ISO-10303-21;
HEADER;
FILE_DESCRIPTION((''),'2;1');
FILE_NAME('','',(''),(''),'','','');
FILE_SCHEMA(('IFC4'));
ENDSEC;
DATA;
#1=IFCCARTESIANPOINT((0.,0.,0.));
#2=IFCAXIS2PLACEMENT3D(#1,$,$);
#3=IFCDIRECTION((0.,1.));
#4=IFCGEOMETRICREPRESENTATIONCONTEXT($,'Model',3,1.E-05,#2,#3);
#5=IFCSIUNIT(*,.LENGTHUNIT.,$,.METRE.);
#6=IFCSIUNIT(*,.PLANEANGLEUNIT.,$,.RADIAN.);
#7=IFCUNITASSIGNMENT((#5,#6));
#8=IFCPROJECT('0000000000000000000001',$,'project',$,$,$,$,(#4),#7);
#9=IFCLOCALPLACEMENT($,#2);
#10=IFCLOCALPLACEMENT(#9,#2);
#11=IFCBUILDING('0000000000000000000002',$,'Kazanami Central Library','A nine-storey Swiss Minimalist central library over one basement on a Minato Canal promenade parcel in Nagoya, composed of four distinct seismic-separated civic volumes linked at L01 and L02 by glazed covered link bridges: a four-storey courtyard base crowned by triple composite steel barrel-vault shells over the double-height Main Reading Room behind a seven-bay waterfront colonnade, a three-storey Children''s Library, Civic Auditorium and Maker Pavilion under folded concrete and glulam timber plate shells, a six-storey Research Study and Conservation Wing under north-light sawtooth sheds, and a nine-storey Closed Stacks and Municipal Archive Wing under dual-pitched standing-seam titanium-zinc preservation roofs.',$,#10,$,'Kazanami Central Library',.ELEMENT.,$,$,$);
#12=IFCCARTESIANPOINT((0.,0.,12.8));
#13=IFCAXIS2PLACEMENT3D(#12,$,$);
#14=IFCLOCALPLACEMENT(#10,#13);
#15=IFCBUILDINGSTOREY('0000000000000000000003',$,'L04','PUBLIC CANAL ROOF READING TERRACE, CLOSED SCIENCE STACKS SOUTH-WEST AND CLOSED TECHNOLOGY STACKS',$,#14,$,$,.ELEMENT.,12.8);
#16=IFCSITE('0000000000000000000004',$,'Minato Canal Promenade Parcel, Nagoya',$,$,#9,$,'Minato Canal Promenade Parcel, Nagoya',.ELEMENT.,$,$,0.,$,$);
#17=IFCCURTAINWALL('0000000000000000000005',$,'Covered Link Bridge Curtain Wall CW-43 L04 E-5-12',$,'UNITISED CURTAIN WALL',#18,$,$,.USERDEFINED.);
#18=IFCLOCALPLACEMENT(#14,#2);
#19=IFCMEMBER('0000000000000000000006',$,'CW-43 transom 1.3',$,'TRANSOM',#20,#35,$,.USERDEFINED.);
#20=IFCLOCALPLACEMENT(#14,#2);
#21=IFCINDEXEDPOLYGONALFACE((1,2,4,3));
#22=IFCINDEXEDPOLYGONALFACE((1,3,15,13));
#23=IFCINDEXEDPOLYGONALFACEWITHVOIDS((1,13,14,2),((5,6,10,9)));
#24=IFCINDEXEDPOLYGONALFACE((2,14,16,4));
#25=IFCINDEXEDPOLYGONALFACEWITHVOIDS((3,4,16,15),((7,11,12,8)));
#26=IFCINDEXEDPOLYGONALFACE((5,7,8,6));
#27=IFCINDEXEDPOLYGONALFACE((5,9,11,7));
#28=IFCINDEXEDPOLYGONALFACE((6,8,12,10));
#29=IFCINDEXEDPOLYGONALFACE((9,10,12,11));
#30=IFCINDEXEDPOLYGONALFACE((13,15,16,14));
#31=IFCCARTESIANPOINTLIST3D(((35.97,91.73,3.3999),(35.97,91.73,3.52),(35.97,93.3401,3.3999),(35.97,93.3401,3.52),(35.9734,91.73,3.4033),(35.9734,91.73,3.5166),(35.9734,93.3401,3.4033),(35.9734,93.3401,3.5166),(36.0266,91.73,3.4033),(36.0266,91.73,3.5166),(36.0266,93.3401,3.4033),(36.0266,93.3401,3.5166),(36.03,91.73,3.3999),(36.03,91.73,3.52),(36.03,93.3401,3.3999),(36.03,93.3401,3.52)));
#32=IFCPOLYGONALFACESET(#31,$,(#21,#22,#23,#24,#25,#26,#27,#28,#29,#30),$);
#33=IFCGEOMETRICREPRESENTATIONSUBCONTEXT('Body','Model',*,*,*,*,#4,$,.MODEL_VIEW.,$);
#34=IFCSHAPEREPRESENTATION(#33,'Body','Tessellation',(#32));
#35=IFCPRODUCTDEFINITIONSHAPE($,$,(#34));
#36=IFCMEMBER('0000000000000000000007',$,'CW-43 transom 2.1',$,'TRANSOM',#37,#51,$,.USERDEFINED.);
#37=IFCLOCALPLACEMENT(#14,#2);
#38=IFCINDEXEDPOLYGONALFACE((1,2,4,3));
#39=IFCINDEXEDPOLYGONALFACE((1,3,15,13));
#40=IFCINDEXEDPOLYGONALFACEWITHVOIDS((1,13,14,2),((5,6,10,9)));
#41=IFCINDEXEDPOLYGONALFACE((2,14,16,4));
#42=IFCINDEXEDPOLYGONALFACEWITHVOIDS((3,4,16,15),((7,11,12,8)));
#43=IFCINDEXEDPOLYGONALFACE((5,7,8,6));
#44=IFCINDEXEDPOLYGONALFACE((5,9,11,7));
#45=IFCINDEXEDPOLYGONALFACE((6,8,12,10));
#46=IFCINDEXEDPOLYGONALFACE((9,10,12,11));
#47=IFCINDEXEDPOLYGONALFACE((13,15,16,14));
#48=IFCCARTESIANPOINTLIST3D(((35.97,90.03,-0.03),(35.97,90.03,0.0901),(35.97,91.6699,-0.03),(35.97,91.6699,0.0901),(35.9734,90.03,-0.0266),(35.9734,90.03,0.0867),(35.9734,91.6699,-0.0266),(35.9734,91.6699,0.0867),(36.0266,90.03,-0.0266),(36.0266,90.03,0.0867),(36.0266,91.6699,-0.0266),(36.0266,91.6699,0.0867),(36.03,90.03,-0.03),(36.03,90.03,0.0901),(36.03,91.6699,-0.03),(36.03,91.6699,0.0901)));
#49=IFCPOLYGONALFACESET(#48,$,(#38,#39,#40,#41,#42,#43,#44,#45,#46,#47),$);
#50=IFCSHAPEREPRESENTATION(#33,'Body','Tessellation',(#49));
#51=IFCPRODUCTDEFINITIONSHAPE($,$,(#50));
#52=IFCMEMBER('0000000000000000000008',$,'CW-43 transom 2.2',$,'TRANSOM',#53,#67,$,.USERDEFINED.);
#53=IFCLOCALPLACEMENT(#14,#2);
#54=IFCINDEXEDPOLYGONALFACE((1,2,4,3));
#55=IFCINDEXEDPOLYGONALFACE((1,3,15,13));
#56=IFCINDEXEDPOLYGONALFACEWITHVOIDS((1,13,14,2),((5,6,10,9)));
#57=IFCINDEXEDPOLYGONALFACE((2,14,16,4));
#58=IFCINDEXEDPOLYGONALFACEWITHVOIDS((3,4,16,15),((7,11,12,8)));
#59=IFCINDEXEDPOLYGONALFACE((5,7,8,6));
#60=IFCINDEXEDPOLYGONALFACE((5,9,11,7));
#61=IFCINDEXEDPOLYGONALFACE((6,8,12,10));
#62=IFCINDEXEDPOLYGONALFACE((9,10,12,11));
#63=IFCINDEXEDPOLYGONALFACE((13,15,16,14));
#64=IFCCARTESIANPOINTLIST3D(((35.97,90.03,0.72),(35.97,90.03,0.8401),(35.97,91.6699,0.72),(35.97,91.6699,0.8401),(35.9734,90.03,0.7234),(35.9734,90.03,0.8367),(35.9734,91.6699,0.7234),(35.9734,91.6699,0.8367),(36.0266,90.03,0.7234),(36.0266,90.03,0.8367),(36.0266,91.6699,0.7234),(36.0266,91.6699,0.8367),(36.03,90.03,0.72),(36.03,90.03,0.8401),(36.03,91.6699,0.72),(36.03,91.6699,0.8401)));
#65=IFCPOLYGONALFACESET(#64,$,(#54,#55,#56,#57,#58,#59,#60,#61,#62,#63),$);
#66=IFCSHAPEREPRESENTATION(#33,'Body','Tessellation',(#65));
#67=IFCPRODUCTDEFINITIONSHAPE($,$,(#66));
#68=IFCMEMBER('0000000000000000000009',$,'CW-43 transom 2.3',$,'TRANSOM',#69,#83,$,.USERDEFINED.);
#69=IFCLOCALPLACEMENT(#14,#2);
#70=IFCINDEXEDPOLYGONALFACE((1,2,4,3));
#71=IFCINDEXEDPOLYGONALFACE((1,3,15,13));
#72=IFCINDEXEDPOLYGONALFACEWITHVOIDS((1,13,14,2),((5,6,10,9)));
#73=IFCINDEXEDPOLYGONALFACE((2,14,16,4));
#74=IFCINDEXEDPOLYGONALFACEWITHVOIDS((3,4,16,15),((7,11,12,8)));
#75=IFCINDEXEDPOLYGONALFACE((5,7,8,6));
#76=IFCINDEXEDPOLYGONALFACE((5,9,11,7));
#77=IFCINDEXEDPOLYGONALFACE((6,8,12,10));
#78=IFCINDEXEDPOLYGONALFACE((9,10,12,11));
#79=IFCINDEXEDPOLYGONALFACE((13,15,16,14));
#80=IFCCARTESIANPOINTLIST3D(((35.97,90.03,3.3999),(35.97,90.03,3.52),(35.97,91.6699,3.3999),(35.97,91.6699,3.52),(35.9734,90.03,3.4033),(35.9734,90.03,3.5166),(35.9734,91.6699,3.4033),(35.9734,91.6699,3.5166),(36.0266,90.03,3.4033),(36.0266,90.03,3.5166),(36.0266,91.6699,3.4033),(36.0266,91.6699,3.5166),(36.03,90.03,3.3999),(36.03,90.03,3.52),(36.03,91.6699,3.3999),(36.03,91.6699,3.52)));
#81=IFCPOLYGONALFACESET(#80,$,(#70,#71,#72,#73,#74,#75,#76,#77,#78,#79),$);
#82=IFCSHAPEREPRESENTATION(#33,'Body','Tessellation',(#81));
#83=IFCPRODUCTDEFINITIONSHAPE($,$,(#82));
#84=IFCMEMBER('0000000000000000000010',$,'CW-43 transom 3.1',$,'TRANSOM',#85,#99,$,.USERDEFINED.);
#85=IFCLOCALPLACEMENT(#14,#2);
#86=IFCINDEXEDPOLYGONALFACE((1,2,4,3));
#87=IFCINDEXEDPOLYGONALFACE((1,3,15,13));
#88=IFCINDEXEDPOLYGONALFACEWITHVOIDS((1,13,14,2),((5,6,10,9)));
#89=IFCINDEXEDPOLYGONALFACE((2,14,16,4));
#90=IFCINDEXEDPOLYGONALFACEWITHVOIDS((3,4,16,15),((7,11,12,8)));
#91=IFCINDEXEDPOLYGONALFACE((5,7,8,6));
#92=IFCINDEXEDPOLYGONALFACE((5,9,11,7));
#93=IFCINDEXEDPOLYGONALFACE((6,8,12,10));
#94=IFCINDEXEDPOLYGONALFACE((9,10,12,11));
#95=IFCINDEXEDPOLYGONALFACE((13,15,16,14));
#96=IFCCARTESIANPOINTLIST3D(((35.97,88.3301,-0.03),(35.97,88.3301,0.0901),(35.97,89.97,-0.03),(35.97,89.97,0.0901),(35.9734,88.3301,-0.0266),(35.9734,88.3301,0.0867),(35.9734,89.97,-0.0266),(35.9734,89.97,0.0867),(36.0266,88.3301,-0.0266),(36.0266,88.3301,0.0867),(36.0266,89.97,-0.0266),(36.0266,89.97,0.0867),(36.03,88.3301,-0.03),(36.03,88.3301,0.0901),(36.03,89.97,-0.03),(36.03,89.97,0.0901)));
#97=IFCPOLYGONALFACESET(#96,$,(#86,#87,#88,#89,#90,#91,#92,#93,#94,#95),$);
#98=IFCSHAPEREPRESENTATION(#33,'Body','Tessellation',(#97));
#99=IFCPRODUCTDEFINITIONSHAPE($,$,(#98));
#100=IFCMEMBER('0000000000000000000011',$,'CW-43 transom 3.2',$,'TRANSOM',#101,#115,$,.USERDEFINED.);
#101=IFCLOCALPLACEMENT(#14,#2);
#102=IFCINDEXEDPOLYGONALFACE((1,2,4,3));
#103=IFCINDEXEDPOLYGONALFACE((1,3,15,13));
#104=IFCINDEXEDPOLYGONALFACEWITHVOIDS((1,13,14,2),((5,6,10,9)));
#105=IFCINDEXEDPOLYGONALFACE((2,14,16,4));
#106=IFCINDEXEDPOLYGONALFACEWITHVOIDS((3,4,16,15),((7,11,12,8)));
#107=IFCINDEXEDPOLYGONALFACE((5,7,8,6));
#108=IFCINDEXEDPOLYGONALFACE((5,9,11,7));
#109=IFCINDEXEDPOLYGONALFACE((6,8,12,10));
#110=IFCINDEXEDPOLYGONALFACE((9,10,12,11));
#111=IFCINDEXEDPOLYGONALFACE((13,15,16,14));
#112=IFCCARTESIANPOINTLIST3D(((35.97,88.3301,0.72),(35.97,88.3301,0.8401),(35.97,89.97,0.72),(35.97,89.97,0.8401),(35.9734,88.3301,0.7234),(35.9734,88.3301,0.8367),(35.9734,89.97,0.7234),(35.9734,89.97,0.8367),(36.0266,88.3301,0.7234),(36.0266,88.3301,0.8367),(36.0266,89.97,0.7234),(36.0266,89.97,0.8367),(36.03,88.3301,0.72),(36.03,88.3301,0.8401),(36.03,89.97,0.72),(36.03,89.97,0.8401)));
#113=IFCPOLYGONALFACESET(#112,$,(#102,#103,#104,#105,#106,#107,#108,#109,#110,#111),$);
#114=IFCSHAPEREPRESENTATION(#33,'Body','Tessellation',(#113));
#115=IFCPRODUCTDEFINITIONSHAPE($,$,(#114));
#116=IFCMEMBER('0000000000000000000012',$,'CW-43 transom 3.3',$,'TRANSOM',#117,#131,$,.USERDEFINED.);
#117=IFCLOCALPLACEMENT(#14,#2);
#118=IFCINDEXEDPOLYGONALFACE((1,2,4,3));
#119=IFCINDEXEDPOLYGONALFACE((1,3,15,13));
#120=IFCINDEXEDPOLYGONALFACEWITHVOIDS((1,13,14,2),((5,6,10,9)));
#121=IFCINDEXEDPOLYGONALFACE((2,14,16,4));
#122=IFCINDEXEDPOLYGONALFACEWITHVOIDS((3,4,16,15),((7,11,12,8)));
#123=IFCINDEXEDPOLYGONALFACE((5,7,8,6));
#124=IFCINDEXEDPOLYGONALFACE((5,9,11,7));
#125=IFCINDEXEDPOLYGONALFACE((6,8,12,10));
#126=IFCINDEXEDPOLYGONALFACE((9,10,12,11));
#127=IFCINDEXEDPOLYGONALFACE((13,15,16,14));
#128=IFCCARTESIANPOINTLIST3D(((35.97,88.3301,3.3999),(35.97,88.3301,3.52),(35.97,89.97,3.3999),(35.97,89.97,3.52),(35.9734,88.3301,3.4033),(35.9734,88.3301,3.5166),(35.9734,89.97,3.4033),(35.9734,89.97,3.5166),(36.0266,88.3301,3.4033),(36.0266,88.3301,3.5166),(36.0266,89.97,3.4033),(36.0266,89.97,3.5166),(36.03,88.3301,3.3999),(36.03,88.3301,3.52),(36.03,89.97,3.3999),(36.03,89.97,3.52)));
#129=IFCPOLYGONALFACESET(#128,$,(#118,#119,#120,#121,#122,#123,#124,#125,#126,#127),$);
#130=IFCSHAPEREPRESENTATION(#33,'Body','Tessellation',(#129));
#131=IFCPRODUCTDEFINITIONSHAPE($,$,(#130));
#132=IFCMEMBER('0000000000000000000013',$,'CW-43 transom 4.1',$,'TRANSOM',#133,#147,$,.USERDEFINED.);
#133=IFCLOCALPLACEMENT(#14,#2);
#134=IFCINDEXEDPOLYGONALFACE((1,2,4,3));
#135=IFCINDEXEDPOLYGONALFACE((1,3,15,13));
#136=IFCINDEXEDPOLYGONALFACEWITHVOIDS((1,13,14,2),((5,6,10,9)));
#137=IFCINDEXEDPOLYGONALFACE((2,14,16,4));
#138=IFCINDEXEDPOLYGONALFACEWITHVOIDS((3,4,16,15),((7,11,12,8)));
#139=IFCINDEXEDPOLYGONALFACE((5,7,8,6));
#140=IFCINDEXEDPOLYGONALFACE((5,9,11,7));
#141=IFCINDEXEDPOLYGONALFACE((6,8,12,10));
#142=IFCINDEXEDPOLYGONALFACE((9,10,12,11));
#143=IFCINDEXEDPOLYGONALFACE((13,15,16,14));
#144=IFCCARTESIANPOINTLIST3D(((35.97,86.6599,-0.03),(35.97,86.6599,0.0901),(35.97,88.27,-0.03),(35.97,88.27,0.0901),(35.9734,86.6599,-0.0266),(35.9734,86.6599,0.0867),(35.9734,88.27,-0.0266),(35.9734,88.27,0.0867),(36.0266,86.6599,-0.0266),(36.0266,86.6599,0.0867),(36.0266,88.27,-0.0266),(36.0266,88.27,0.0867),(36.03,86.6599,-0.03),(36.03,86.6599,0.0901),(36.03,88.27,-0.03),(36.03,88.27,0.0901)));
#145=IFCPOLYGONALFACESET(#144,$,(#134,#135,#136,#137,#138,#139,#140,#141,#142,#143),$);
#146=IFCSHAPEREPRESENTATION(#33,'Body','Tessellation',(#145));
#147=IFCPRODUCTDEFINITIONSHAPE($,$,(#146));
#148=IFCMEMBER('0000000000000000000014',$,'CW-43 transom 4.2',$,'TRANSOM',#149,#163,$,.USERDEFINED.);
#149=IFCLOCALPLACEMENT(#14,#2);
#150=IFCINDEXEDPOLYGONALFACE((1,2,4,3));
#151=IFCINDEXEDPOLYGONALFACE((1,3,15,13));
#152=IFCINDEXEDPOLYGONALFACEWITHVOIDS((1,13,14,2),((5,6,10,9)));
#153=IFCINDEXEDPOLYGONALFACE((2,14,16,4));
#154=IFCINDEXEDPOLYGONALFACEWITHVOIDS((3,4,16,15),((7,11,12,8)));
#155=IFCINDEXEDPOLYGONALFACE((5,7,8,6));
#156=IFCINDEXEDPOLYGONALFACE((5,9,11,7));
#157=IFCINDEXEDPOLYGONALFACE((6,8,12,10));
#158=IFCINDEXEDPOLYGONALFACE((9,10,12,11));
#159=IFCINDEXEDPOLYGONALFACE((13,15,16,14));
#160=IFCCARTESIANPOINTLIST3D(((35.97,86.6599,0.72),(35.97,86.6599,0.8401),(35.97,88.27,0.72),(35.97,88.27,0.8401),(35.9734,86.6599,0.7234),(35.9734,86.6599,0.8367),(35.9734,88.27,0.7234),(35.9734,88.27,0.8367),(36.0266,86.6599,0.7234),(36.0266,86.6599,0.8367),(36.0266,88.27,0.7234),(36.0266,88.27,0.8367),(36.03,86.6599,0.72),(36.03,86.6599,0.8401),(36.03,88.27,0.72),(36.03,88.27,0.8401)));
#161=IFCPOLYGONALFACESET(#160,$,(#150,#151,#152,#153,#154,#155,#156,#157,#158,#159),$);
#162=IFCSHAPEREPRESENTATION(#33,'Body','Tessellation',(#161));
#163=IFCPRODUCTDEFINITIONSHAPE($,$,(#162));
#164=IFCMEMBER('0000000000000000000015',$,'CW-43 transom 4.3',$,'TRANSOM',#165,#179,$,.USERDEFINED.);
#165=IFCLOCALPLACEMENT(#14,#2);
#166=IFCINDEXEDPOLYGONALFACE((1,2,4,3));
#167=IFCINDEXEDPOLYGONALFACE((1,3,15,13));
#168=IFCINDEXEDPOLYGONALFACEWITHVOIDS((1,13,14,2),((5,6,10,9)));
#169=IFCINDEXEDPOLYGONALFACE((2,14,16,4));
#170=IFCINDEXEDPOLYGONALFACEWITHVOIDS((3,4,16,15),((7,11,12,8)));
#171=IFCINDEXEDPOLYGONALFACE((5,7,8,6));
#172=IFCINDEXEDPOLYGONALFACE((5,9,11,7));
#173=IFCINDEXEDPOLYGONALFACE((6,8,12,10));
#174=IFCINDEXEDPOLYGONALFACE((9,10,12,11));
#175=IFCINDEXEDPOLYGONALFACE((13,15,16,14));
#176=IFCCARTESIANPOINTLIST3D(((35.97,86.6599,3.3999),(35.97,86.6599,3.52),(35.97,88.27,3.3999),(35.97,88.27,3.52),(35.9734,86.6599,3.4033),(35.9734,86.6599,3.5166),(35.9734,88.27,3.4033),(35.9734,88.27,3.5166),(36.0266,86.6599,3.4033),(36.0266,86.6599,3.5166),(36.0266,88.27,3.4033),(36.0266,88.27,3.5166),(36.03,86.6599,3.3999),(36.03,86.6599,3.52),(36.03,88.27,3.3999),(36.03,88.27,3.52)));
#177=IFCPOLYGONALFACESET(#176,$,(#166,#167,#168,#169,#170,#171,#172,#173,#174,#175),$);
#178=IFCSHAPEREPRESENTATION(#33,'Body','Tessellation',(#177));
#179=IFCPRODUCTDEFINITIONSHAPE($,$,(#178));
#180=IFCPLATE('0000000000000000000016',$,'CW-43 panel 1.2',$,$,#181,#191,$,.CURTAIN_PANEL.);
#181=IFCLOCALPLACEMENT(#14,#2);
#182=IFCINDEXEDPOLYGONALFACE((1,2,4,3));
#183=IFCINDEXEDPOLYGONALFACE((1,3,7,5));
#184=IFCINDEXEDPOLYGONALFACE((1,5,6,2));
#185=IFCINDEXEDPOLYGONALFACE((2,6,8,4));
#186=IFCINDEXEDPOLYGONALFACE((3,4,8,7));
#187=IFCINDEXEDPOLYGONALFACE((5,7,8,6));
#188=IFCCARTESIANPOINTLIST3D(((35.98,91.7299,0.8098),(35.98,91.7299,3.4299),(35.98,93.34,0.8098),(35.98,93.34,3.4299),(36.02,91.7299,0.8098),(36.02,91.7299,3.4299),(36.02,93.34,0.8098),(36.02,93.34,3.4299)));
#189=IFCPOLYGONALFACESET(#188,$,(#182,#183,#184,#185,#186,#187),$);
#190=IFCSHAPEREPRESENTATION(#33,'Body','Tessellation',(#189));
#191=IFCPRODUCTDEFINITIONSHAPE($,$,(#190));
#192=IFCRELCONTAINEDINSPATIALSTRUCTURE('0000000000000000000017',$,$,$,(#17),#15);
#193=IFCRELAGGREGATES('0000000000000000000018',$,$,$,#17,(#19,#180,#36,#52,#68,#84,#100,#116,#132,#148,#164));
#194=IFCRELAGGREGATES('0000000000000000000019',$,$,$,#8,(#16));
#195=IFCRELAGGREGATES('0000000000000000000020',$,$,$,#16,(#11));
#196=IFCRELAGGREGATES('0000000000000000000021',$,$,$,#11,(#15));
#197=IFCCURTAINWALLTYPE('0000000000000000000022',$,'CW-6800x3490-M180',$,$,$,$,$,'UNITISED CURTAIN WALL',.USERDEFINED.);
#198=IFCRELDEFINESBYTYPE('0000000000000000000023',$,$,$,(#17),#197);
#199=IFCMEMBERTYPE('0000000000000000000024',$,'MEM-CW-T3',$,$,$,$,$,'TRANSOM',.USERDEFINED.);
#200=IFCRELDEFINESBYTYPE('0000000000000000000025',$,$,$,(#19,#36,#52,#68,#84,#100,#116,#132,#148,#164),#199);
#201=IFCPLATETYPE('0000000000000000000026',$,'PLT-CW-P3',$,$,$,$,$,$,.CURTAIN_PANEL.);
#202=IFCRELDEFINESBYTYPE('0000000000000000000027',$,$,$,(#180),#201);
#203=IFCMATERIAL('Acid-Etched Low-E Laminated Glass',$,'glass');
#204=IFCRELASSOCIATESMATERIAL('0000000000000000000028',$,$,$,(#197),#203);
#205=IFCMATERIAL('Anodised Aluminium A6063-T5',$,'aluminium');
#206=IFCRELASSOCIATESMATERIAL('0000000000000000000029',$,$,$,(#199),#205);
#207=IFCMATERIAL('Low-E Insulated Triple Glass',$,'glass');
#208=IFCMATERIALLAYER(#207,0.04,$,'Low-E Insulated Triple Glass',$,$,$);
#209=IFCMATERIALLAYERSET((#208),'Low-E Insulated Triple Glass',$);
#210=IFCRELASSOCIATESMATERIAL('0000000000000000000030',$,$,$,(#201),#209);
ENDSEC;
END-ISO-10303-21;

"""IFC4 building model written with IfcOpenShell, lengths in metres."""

from ifc_helpers import new_model, si_unit, direction, frame, origin, origin_2d, place, context, subcontext, project, spatial, rectangle, hollow_rectangle, extrude, material, layer, layer_set, material_profile, profile_set, type_object, element, aggregate, save


model = new_model("IFC4")

# Units and contexts
model_context = context("Model", 3, precision=1e-05, world=origin(), true_north=direction((0.0, 1.0)))
body_context = subcontext(model_context, "Body", "Model", "MODEL_VIEW")
ifc_project = project(units=[si_unit("LENGTHUNIT", "METRE"), si_unit("PLANEANGLEUNIT", "RADIAN")], contexts=[model_context])

# Site, building, storey
site_placement = place(None, origin())
site = spatial("IfcSite", under=ifc_project, at=site_placement, Name="Minato Canal Promenade Parcel, Nagoya", LongName="Minato Canal Promenade Parcel, Nagoya", CompositionType="ELEMENT", RefElevation=0.0)
building_placement = place(site_placement, origin())
building = spatial("IfcBuilding", under=site, at=building_placement, Name="Kazanami Central Library", Description="A nine-storey Swiss Minimalist central library over one basement on a Minato Canal promenade parcel in Nagoya, composed of four distinct seismic-separated civic volumes linked at L01 and L02 by glazed covered link bridges: a four-storey courtyard base crowned by triple composite steel barrel-vault shells over the double-height Main Reading Room behind a seven-bay waterfront colonnade, a three-storey Children's Library, Civic Auditorium and Maker Pavilion under folded concrete and glulam timber plate shells, a six-storey Research Study and Conservation Wing under north-light sawtooth sheds, and a nine-storey Closed Stacks and Municipal Archive Wing under dual-pitched standing-seam titanium-zinc preservation roofs.", LongName="Kazanami Central Library", CompositionType="ELEMENT")
storey_placement = place(building_placement, frame((0.0, 0.0, 12.8)))
storey = spatial("IfcBuildingStorey", under=building, at=storey_placement, Name="L04", Description="PUBLIC CANAL ROOF READING TERRACE, CLOSED SCIENCE STACKS SOUTH-WEST AND CLOSED TECHNOLOGY STACKS", CompositionType="ELEMENT", Elevation=12.8)

# Curtain wall, members, plate
ifc_material_1 = material(Name="Acid-Etched Low-E Laminated Glass", Category="glass")
curtain_wall_type = type_object("IfcCurtainWallType", Name="CW-6800x3490-M180", ElementType="UNITISED CURTAIN WALL", PredefinedType="USERDEFINED", material=ifc_material_1)
curtain_wall_placement = place(storey_placement, origin())
curtain_wall = element("IfcCurtainWall", 1, at=curtain_wall_placement, inside=storey, type_object=curtain_wall_type, Name="Covered Link Bridge Curtain Wall CW-43 L04 E-5-12", ObjectType="UNITISED CURTAIN WALL", PredefinedType="USERDEFINED")
ifc_material_2 = material(Name="Anodised Aluminium A6063-T5", Category="aluminium")
ifc_material_profile_1 = material_profile(ifc_material_2, hollow_rectangle(XDim=0.0601, YDim=0.1201, WallThickness=0.0034, at=origin_2d()), Name="ALU-TRAN-60x120x3.5")
ifc_profile_set_1 = profile_set([ifc_material_profile_1], Name="Anodised Aluminium A6063-T5")
member_type_1 = type_object("IfcMemberType", Name="MEM-CW-T3", ElementType="TRANSOM", PredefinedType="USERDEFINED", material=ifc_profile_set_1)
member_1_placement = place(storey_placement, frame((36.0, 93.3401, 3.46), z_axis=(0.0, -1.0, 0.0), x_axis=(1.0, 0.0, 0.0)))
member_1 = element("IfcMember", 2, at=member_1_placement, type_object=member_type_1, Name="CW-43 transom 1.3", ObjectType="TRANSOM", PredefinedType="USERDEFINED", context=body_context, shape_type="SweptSolid", body=[
    extrude(hollow_rectangle(XDim=0.0601, YDim=0.1201, WallThickness=0.0034, at=origin_2d()), origin(), (0.0, 0.0, 1.0), 1.6101),
])
member_2_placement = place(storey_placement, frame((36.0, 91.6699, 0.03), z_axis=(0.0, -1.0, 0.0), x_axis=(1.0, 0.0, 0.0)))
member_2 = element("IfcMember", 3, at=member_2_placement, type_object=member_type_1, Name="CW-43 transom 2.1", ObjectType="TRANSOM", PredefinedType="USERDEFINED", context=body_context, shape_type="SweptSolid", body=[
    extrude(hollow_rectangle(XDim=0.0601, YDim=0.1201, WallThickness=0.0034, at=origin_2d()), origin(), (0.0, 0.0, 1.0), 1.6399),
])
member_3_placement = place(storey_placement, frame((36.0, 91.6699, 0.78), z_axis=(0.0, -1.0, 0.0), x_axis=(1.0, 0.0, 0.0)))
member_3 = element("IfcMember", 4, at=member_3_placement, type_object=member_type_1, Name="CW-43 transom 2.2", ObjectType="TRANSOM", PredefinedType="USERDEFINED", context=body_context, shape_type="SweptSolid", body=[
    extrude(hollow_rectangle(XDim=0.0601, YDim=0.1201, WallThickness=0.0034, at=origin_2d()), origin(), (0.0, 0.0, 1.0), 1.6399),
])
member_4_placement = place(storey_placement, frame((36.0, 91.6699, 3.46), z_axis=(0.0, -1.0, 0.0), x_axis=(1.0, 0.0, 0.0)))
member_4 = element("IfcMember", 5, at=member_4_placement, type_object=member_type_1, Name="CW-43 transom 2.3", ObjectType="TRANSOM", PredefinedType="USERDEFINED", context=body_context, shape_type="SweptSolid", body=[
    extrude(hollow_rectangle(XDim=0.0601, YDim=0.1201, WallThickness=0.0034, at=origin_2d()), origin(), (0.0, 0.0, 1.0), 1.6399),
])
member_5_placement = place(storey_placement, frame((36.0, 89.97, 0.03), z_axis=(0.0, -1.0, 0.0), x_axis=(1.0, 0.0, 0.0)))
member_5 = element("IfcMember", 6, at=member_5_placement, type_object=member_type_1, Name="CW-43 transom 3.1", ObjectType="TRANSOM", PredefinedType="USERDEFINED", context=body_context, shape_type="SweptSolid", body=[
    extrude(hollow_rectangle(XDim=0.0601, YDim=0.1201, WallThickness=0.0034, at=origin_2d()), origin(), (0.0, 0.0, 1.0), 1.6399),
])
member_6_placement = place(storey_placement, frame((36.0, 89.97, 0.78), z_axis=(0.0, -1.0, 0.0), x_axis=(1.0, 0.0, 0.0)))
member_6 = element("IfcMember", 7, at=member_6_placement, type_object=member_type_1, Name="CW-43 transom 3.2", ObjectType="TRANSOM", PredefinedType="USERDEFINED", context=body_context, shape_type="SweptSolid", body=[
    extrude(hollow_rectangle(XDim=0.0601, YDim=0.1201, WallThickness=0.0034, at=origin_2d()), origin(), (0.0, 0.0, 1.0), 1.6399),
])
member_7_placement = place(storey_placement, frame((36.0, 89.97, 3.46), z_axis=(0.0, -1.0, 0.0), x_axis=(1.0, 0.0, 0.0)))
member_7 = element("IfcMember", 8, at=member_7_placement, type_object=member_type_1, Name="CW-43 transom 3.3", ObjectType="TRANSOM", PredefinedType="USERDEFINED", context=body_context, shape_type="SweptSolid", body=[
    extrude(hollow_rectangle(XDim=0.0601, YDim=0.1201, WallThickness=0.0034, at=origin_2d()), origin(), (0.0, 0.0, 1.0), 1.6399),
])
member_8_placement = place(storey_placement, frame((36.0, 88.27, 0.03), z_axis=(0.0, -1.0, 0.0), x_axis=(1.0, 0.0, 0.0)))
member_8 = element("IfcMember", 9, at=member_8_placement, type_object=member_type_1, Name="CW-43 transom 4.1", ObjectType="TRANSOM", PredefinedType="USERDEFINED", context=body_context, shape_type="SweptSolid", body=[
    extrude(hollow_rectangle(XDim=0.0601, YDim=0.1201, WallThickness=0.0034, at=origin_2d()), origin(), (0.0, 0.0, 1.0), 1.6101),
])
member_9_placement = place(storey_placement, frame((36.0, 88.27, 0.78), z_axis=(0.0, -1.0, 0.0), x_axis=(1.0, 0.0, 0.0)))
member_9 = element("IfcMember", 10, at=member_9_placement, type_object=member_type_1, Name="CW-43 transom 4.2", ObjectType="TRANSOM", PredefinedType="USERDEFINED", context=body_context, shape_type="SweptSolid", body=[
    extrude(hollow_rectangle(XDim=0.0601, YDim=0.1201, WallThickness=0.0034, at=origin_2d()), origin(), (0.0, 0.0, 1.0), 1.6101),
])
member_10_placement = place(storey_placement, frame((36.0, 88.27, 3.46), z_axis=(0.0, -1.0, 0.0), x_axis=(1.0, 0.0, 0.0)))
member_10 = element("IfcMember", 11, at=member_10_placement, type_object=member_type_1, Name="CW-43 transom 4.3", ObjectType="TRANSOM", PredefinedType="USERDEFINED", context=body_context, shape_type="SweptSolid", body=[
    extrude(hollow_rectangle(XDim=0.0601, YDim=0.1201, WallThickness=0.0034, at=origin_2d()), origin(), (0.0, 0.0, 1.0), 1.6101),
])
ifc_material_3 = material(Name="Low-E Insulated Triple Glass", Category="glass")
ifc_layer_1 = layer(ifc_material_3, 0.04, Name="Low-E Insulated Triple Glass")
ifc_layer_set_1 = layer_set([ifc_layer_1], Name="Low-E Insulated Triple Glass")
plate_type_1 = type_object("IfcPlateType", Name="PLT-CW-P3", PredefinedType="CURTAIN_PANEL", material=ifc_layer_set_1)
plate_1_placement = place(storey_placement, frame((36.0, 92.5349, 0.8098), z_axis=(0.0, 0.0, 1.0), x_axis=(0.0, -1.0, 0.0)))
plate_1 = element("IfcPlate", 12, at=plate_1_placement, type_object=plate_type_1, Name="CW-43 panel 1.2", PredefinedType="CURTAIN_PANEL", context=body_context, shape_type="SweptSolid", body=[
    extrude(rectangle(XDim=1.6101, YDim=0.04, at=origin_2d()), origin(), (0.0, 0.0, 1.0), 2.6201),
])
aggregate(curtain_wall, [member_1, plate_1, member_2, member_3, member_4, member_5, member_6, member_7, member_8, member_9, member_10])

save(model, "model.ifc")
